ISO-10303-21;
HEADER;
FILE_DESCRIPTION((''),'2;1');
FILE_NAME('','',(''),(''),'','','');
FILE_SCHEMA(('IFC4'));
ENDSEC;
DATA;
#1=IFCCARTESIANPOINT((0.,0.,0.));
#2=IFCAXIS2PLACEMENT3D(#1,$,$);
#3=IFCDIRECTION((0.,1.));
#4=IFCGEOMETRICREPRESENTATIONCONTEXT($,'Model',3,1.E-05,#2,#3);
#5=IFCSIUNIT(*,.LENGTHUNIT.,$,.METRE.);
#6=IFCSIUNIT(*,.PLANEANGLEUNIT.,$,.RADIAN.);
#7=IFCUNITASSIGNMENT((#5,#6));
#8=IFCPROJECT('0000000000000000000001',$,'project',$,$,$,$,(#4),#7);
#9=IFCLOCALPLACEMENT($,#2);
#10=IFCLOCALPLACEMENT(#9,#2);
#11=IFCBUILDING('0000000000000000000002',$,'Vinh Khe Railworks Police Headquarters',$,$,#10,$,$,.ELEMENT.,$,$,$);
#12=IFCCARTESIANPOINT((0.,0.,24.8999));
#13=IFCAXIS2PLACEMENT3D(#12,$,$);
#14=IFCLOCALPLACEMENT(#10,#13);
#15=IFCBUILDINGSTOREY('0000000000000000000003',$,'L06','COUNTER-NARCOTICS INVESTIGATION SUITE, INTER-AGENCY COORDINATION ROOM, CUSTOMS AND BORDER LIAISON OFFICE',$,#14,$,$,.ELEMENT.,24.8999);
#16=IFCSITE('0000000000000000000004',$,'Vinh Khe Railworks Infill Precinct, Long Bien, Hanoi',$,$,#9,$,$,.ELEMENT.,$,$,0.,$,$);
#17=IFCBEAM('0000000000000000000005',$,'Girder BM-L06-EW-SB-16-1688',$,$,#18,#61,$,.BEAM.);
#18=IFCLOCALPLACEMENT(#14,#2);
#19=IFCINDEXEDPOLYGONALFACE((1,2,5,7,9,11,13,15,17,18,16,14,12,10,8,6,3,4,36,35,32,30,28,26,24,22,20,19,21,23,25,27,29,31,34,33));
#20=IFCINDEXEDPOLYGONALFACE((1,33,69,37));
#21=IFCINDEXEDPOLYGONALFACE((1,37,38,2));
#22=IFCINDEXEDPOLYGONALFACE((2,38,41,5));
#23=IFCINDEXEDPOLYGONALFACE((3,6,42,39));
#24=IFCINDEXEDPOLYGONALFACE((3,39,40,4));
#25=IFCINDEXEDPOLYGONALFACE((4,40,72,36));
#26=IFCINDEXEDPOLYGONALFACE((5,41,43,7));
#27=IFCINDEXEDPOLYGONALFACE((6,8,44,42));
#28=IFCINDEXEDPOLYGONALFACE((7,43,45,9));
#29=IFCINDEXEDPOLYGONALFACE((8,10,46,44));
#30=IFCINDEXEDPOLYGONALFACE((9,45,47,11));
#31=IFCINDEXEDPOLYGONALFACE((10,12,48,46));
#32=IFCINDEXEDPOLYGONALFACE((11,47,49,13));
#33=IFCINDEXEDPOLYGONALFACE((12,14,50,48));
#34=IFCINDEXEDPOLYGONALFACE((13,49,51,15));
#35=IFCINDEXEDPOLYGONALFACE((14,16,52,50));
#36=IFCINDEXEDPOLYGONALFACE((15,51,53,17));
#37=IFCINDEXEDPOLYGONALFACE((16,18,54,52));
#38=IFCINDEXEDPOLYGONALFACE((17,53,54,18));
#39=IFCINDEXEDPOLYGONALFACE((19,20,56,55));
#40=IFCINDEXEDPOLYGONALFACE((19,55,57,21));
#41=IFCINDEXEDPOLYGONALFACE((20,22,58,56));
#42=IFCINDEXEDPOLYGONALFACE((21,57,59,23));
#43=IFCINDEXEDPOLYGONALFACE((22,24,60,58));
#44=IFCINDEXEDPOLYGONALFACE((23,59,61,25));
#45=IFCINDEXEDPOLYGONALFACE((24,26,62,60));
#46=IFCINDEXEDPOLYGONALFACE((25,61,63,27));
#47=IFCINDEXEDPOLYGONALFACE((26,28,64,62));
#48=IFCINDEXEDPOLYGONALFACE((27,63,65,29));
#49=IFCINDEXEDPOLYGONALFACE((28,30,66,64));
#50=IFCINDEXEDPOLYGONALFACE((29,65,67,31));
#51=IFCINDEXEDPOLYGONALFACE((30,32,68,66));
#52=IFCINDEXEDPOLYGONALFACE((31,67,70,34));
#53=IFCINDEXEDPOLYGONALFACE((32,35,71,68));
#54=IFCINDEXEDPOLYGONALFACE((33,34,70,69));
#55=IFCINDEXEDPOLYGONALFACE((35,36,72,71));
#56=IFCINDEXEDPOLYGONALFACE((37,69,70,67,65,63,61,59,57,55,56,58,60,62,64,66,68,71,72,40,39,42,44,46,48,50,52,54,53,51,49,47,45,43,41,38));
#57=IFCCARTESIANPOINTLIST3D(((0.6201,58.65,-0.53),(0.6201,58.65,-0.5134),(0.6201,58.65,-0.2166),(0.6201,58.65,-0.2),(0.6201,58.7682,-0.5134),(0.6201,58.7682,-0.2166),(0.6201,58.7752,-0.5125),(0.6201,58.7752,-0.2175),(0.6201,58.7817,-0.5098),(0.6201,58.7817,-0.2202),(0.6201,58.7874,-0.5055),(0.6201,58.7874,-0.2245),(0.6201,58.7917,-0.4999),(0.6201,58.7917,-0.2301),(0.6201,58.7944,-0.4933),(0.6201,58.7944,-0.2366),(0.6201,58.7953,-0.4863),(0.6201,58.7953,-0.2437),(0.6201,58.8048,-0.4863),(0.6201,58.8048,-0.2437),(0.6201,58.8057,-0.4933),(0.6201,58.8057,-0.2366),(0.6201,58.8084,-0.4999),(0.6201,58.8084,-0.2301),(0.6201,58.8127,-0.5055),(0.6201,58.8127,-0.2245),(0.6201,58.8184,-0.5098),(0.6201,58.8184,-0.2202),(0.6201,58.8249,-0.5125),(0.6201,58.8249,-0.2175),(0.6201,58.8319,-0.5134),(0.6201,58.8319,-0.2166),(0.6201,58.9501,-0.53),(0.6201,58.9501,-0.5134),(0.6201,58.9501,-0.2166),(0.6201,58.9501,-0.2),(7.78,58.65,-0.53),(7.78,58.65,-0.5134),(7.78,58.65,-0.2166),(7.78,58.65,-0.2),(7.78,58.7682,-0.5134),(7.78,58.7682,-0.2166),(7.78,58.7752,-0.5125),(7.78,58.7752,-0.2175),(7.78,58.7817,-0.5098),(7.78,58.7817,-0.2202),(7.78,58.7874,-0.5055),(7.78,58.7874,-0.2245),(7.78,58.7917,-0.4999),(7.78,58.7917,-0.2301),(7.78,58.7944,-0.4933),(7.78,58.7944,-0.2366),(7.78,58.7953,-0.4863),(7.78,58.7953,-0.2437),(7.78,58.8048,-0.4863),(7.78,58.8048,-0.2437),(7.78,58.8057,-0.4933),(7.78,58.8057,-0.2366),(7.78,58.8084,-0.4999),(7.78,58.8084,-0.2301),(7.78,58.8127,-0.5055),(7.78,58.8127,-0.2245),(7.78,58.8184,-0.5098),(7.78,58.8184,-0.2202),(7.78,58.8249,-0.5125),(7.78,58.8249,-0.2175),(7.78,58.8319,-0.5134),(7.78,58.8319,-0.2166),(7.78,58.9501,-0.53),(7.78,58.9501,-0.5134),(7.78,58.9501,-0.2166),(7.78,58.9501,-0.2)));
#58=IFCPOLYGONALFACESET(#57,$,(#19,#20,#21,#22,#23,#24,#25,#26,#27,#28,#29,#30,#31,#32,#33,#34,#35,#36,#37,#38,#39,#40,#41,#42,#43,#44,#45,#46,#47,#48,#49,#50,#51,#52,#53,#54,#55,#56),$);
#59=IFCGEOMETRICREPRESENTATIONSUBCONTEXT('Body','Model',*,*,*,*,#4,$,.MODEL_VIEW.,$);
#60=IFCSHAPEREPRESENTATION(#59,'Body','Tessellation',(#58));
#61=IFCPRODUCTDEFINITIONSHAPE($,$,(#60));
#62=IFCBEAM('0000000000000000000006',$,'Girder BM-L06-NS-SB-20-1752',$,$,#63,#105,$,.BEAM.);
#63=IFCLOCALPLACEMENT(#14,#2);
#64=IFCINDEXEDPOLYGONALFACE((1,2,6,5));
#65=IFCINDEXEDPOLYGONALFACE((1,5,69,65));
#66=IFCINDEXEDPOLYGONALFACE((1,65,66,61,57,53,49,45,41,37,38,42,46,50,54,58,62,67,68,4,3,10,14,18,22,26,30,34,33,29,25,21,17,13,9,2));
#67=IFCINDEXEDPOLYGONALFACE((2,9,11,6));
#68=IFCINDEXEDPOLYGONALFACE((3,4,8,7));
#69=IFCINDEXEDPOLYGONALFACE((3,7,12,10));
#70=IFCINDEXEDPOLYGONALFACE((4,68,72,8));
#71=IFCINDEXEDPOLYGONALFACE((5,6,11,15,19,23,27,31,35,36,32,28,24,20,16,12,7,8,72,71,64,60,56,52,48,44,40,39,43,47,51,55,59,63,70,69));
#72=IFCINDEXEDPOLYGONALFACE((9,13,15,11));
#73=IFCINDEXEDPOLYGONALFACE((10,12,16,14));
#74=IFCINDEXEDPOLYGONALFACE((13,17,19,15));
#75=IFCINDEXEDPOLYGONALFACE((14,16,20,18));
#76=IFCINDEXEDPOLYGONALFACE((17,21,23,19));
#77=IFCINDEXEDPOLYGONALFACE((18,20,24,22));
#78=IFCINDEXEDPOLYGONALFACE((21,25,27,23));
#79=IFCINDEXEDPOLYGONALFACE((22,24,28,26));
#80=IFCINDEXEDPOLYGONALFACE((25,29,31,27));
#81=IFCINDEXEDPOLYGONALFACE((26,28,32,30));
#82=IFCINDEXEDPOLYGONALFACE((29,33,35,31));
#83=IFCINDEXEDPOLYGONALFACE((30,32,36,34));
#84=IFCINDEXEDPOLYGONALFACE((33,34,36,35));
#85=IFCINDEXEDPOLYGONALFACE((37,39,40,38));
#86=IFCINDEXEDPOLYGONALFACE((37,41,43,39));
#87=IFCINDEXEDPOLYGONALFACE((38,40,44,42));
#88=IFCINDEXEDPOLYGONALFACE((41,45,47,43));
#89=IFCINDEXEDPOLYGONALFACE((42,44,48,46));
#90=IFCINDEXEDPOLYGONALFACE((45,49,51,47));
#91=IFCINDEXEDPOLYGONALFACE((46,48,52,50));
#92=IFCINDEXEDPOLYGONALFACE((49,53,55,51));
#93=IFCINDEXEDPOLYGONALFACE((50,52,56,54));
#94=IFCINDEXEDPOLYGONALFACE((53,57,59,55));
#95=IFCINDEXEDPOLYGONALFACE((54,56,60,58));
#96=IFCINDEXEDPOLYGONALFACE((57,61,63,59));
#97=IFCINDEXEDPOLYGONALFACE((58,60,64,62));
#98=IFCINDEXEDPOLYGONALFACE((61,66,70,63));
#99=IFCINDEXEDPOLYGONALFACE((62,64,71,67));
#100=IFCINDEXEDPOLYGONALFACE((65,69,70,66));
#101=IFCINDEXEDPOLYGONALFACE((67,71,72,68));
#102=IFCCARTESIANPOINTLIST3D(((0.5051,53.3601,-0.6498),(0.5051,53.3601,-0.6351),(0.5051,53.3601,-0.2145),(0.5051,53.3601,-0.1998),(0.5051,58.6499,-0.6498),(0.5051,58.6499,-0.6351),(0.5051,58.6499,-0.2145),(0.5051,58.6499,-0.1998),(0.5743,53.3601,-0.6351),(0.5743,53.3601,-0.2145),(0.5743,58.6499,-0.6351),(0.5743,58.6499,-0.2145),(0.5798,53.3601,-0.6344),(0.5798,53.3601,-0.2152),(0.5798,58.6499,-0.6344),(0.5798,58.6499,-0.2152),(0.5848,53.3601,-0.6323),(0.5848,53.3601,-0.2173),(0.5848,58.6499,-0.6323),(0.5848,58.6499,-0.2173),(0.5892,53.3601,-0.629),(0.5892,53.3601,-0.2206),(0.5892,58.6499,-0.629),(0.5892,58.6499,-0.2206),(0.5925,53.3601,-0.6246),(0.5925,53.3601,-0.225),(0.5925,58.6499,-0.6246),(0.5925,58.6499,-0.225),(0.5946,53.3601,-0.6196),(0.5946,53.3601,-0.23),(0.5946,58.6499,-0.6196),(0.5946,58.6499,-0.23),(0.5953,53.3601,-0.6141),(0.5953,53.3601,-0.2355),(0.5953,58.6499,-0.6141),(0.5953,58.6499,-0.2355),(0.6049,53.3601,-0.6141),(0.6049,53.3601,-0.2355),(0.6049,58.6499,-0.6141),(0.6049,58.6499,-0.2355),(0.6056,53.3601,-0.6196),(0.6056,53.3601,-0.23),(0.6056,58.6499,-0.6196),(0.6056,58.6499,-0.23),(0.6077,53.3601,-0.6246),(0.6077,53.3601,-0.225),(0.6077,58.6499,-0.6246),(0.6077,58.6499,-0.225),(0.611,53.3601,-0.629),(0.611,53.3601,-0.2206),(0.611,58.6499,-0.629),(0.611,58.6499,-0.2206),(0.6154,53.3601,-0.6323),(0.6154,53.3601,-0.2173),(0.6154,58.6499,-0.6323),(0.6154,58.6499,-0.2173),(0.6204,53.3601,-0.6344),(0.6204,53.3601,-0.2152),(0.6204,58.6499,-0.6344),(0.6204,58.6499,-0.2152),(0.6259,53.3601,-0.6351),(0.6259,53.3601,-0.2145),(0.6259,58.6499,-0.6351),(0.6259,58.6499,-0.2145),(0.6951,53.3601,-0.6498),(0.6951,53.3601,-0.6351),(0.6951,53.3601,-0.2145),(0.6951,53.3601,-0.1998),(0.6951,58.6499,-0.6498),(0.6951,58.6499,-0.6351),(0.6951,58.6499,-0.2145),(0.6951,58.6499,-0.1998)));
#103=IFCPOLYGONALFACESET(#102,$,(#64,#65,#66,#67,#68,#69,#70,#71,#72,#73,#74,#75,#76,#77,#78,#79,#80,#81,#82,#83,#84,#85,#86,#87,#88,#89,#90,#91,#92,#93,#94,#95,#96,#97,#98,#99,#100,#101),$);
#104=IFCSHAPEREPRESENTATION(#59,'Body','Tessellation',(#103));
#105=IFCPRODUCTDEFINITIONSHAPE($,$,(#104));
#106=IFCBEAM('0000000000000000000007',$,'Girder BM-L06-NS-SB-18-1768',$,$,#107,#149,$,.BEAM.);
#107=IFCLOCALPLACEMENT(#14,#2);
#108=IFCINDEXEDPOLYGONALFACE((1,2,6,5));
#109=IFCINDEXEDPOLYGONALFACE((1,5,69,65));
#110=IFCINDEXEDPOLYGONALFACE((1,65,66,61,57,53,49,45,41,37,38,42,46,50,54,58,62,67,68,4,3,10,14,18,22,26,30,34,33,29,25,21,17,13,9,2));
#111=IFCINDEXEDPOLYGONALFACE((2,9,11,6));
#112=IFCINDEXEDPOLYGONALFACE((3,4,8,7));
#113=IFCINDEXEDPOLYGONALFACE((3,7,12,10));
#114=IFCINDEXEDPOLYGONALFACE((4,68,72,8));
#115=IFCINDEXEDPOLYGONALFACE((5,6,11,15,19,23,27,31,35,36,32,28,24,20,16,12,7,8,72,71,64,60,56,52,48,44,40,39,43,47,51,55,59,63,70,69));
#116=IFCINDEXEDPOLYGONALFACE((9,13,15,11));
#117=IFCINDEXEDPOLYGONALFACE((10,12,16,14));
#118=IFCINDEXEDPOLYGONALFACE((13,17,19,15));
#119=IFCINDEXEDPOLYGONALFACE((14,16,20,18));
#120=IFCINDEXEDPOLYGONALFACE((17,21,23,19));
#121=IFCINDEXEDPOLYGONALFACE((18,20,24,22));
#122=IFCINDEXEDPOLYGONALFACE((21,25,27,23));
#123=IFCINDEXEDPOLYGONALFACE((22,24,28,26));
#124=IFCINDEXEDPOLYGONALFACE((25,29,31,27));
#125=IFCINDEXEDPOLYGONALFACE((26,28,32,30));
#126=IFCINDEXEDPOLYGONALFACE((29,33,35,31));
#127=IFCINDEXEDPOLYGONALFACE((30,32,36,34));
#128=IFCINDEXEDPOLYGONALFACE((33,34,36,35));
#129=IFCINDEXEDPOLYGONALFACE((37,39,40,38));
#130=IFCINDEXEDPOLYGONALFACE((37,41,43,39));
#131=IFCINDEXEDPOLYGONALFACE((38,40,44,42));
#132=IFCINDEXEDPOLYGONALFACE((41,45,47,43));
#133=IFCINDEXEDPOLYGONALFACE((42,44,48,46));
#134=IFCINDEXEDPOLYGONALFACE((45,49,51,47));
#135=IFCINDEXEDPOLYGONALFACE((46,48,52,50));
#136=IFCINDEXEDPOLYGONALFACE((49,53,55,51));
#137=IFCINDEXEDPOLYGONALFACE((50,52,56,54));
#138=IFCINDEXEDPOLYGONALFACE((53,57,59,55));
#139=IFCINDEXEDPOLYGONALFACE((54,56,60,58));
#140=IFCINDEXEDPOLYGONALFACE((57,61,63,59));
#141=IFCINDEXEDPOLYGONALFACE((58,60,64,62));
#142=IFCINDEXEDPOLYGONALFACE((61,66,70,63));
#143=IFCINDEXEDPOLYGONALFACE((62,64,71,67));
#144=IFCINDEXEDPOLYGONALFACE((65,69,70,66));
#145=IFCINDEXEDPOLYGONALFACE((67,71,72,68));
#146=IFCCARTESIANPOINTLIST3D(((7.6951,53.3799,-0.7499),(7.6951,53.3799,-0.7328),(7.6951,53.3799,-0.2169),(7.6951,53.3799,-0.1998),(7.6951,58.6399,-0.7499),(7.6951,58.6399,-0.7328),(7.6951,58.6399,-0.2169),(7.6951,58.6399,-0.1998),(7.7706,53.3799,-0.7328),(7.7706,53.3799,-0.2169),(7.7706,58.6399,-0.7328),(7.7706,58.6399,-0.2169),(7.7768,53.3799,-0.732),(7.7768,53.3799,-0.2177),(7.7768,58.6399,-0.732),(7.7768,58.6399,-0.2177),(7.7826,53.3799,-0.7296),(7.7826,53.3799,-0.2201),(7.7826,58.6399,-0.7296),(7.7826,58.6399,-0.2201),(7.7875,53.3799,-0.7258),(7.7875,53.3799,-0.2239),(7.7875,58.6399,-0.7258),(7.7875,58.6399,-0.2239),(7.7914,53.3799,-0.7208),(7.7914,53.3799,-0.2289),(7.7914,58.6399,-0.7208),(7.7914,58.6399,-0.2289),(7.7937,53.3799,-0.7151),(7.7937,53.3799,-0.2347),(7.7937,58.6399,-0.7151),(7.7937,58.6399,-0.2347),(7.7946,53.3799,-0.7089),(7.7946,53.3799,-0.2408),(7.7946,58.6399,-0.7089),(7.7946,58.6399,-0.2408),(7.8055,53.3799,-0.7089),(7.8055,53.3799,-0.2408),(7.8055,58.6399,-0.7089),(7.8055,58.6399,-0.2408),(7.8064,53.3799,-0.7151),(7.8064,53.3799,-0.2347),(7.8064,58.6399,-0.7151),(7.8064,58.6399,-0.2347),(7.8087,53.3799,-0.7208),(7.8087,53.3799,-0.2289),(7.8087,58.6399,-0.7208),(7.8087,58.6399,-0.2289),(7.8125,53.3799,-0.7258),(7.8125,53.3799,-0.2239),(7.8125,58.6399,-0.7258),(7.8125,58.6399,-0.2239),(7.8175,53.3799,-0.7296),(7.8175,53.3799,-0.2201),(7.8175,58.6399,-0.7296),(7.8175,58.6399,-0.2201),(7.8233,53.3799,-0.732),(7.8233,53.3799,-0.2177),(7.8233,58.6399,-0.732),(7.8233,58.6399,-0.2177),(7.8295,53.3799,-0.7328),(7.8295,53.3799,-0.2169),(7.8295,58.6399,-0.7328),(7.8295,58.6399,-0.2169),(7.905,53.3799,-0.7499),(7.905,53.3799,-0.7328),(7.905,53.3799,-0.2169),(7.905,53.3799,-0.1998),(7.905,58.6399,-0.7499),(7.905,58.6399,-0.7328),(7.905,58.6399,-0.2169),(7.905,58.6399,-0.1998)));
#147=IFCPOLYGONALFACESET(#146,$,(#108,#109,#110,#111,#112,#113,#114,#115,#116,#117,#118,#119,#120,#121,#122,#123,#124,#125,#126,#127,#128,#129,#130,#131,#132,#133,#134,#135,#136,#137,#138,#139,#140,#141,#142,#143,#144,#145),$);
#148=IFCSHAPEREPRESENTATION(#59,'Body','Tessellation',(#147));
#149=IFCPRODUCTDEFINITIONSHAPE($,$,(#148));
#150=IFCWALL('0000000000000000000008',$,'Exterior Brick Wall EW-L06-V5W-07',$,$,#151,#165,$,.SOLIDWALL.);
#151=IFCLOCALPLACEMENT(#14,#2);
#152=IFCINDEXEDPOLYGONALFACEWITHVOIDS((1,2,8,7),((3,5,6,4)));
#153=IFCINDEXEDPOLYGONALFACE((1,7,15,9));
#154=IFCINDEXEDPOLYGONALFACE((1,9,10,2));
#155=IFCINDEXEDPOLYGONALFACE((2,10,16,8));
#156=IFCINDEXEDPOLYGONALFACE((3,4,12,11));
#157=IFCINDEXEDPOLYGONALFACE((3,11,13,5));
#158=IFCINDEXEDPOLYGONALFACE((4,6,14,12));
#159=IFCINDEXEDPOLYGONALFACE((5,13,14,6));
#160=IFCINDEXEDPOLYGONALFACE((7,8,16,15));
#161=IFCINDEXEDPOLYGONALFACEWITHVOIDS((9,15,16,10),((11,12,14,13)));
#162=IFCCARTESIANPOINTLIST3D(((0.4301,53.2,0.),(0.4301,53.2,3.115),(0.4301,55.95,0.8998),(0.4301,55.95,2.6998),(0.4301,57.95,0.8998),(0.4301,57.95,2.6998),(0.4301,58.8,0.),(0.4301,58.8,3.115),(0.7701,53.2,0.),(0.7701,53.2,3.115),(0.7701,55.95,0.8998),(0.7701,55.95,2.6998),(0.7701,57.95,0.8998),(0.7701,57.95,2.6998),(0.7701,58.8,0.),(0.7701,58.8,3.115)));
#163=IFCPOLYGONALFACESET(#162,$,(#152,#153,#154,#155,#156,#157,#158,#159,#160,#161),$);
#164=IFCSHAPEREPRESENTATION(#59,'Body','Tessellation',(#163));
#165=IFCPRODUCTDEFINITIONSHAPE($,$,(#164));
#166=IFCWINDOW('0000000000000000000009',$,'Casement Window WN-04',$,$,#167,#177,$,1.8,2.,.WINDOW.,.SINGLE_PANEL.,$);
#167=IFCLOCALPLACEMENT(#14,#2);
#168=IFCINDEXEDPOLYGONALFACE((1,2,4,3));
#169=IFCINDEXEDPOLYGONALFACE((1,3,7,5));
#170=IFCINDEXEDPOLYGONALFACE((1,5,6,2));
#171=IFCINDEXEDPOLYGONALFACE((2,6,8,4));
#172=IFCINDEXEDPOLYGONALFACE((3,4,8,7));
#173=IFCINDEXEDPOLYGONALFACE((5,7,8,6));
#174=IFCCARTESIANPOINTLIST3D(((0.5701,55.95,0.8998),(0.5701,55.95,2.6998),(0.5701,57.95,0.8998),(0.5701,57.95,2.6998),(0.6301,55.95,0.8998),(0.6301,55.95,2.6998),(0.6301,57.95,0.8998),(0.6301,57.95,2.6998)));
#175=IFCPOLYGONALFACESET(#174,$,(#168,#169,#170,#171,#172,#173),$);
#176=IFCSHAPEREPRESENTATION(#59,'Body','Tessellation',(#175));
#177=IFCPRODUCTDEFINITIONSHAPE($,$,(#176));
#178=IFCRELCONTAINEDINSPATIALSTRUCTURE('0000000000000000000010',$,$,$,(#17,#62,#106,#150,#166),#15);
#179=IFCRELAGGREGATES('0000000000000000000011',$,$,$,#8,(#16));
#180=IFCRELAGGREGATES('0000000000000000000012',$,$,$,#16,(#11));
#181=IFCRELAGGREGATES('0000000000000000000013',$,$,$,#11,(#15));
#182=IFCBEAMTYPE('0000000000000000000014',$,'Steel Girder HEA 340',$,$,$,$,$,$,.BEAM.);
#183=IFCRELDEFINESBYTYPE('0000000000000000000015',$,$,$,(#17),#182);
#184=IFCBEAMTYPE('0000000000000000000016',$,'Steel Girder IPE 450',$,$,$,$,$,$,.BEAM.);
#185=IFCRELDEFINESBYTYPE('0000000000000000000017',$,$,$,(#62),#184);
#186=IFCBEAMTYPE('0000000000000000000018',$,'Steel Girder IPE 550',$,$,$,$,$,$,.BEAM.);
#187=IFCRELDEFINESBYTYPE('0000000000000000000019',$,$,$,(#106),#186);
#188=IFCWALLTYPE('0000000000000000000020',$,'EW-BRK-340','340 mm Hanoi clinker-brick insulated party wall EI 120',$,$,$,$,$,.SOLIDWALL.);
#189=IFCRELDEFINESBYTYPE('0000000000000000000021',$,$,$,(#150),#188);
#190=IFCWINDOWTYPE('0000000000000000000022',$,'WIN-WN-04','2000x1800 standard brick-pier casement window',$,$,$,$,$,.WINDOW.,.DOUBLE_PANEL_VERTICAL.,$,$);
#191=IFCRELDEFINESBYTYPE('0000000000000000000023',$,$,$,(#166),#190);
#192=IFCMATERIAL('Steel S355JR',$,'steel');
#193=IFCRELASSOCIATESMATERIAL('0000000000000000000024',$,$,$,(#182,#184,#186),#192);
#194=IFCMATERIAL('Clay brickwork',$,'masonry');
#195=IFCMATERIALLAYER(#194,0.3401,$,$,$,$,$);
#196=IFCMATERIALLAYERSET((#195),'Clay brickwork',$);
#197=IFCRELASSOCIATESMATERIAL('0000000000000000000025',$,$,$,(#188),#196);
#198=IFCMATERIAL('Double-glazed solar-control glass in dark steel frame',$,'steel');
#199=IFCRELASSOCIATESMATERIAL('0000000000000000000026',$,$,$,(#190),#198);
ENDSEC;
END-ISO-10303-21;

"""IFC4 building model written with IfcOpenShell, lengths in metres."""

from ifc_helpers import new_model, si_unit, direction, frame, frame_2d, origin, origin_2d, place, context, subcontext, project, spatial, rectangle, i_section, extrude, material, layer, layer_set, material_profile, profile_set, type_object, element, fill, save


model = new_model("IFC4")

# Units and contexts
model_context = context("Model", 3, precision=1e-05, world=origin(), true_north=direction((0.0, 1.0)))
body_context = subcontext(model_context, "Body", "Model", "MODEL_VIEW")
ifc_project = project(units=[si_unit("LENGTHUNIT", "METRE"), si_unit("PLANEANGLEUNIT", "RADIAN")], contexts=[model_context])

# Site, building, storey
site_placement = place(None, origin())
site = spatial("IfcSite", under=ifc_project, at=site_placement, Name="Vinh Khe Railworks Infill Precinct, Long Bien, Hanoi", CompositionType="ELEMENT", RefElevation=0.0)
building_placement = place(site_placement, origin())
building = spatial("IfcBuilding", under=site, at=building_placement, Name="Vinh Khe Railworks Police Headquarters", CompositionType="ELEMENT")
storey_placement = place(building_placement, frame((0.0, 0.0, 24.8999)))
storey = spatial("IfcBuildingStorey", under=building, at=storey_placement, Name="L06", Description="COUNTER-NARCOTICS INVESTIGATION SUITE, INTER-AGENCY COORDINATION ROOM, CUSTOMS AND BORDER LIAISON OFFICE", CompositionType="ELEMENT", Elevation=24.8999)

# Shared definitions
ifc_material_1 = material(Name="Steel S355JR", Category="steel")

# Beams
ifc_material_profile_1 = material_profile(ifc_material_1, i_section(OverallWidth=0.3, OverallDepth=0.3301, WebThickness=0.0095, FlangeThickness=0.0166, FilletRadius=0.0271, at=origin_2d()), Name="HEA 340")
ifc_profile_set_1 = profile_set([ifc_material_profile_1], Name="Steel S355JR")
beam_type_1 = type_object("IfcBeamType", Name="Steel Girder HEA 340", PredefinedType="BEAM", material=ifc_profile_set_1)
beam_1_placement = place(storey_placement, frame((0.6201, 58.8, -0.365), z_axis=(1.0, 0.0, 0.0), x_axis=(0.0, 1.0, 0.0)))
element("IfcBeam", 1, at=beam_1_placement, inside=storey, type_object=beam_type_1, Name="Girder BM-L06-EW-SB-16-1688", PredefinedType="BEAM", context=body_context, shape_type="SweptSolid", body=[
    extrude(i_section(OverallWidth=0.3, OverallDepth=0.3301, WebThickness=0.0095, FlangeThickness=0.0166, FilletRadius=0.0271, at=origin_2d()), origin(), (0.0, 0.0, 1.0), 7.1599),
])
ifc_material_profile_2 = material_profile(ifc_material_1, i_section(OverallWidth=0.1899, OverallDepth=0.45, WebThickness=0.0095, FlangeThickness=0.0146, FilletRadius=0.021, at=origin_2d()), Name="IPE 450")
ifc_profile_set_2 = profile_set([ifc_material_profile_2], Name="Steel S355JR")
beam_type_2 = type_object("IfcBeamType", Name="Steel Girder IPE 450", PredefinedType="BEAM", material=ifc_profile_set_2)
beam_2_placement = place(storey_placement, frame((0.6001, 53.3601, -0.4248), z_axis=(0.0, 1.0, 0.0), x_axis=(-1.0, 0.0, 0.0)))
element("IfcBeam", 2, at=beam_2_placement, inside=storey, type_object=beam_type_2, Name="Girder BM-L06-NS-SB-20-1752", PredefinedType="BEAM", context=body_context, shape_type="SweptSolid", body=[
    extrude(i_section(OverallWidth=0.1899, OverallDepth=0.45, WebThickness=0.0095, FlangeThickness=0.0146, FilletRadius=0.021, at=origin_2d()), origin(), (0.0, 0.0, 1.0), 5.2898),
])
ifc_material_profile_3 = material_profile(ifc_material_1, i_section(OverallWidth=0.21, OverallDepth=0.55, WebThickness=0.011, FlangeThickness=0.0171, FilletRadius=0.0239, at=origin_2d()), Name="IPE 550")
ifc_profile_set_3 = profile_set([ifc_material_profile_3], Name="Steel S355JR")
beam_type_3 = type_object("IfcBeamType", Name="Steel Girder IPE 550", PredefinedType="BEAM", material=ifc_profile_set_3)
beam_3_placement = place(storey_placement, frame((7.8, 53.3799, -0.4749), z_axis=(0.0, 1.0, 0.0), x_axis=(-1.0, 0.0, 0.0)))
element("IfcBeam", 3, at=beam_3_placement, inside=storey, type_object=beam_type_3, Name="Girder BM-L06-NS-SB-18-1768", PredefinedType="BEAM", context=body_context, shape_type="SweptSolid", body=[
    extrude(i_section(OverallWidth=0.21, OverallDepth=0.55, WebThickness=0.011, FlangeThickness=0.0171, FilletRadius=0.0239, at=origin_2d()), origin(), (0.0, 0.0, 1.0), 5.26),
])

# Wall, opening, window
ifc_material_2 = material(Name="Clay brickwork", Category="masonry")
ifc_layer_1 = layer(ifc_material_2, 0.3401)
ifc_layer_set_1 = layer_set([ifc_layer_1], Name="Clay brickwork")
wall_type_1 = type_object("IfcWallType", Name="EW-BRK-340", Description="340 mm Hanoi clinker-brick insulated party wall EI 120", PredefinedType="SOLIDWALL", material=ifc_layer_set_1)
wall_1_placement = place(storey_placement, frame((0.6001, 53.2, 0.0), z_axis=(0.0, 0.0, 1.0), x_axis=(0.0, 1.0, 0.0)))
wall_1 = element("IfcWall", 4, at=wall_1_placement, inside=storey, type_object=wall_type_1, Name="Exterior Brick Wall EW-L06-V5W-07", PredefinedType="SOLIDWALL", context=body_context, shape_type="SweptSolid", body=[
    extrude(rectangle(XDim=5.6001, YDim=0.3401, at=frame_2d((2.8, 0.0))), origin(), (0.0, 0.0, 1.0), 3.115),
])
opening_1_placement = place(wall_1_placement, frame((2.75, 0.0, 0.8999)))
opening_1 = element("IfcOpeningElement", 5, at=opening_1_placement, cuts=wall_1, PredefinedType="OPENING", context=body_context, shape_type="SweptSolid", body=[
    extrude(rectangle(XDim=2.0, YDim=1.8, at=frame_2d((1.0, 0.8999))), frame((0.0, 0.1851, 0.0), z_axis=(0.0, -1.0, 0.0), x_axis=(1.0, 0.0, 0.0)), (0.0, 0.0, 1.0), 0.3699),
])
ifc_material_3 = material(Name="Double-glazed solar-control glass in dark steel frame", Category="steel")
window_type_1 = type_object("IfcWindowType", Name="WIN-WN-04", Description="2000x1800 standard brick-pier casement window", PartitioningType="DOUBLE_PANEL_VERTICAL", PredefinedType="WINDOW", material=ifc_material_3)
window_1_placement = place(opening_1_placement, origin())
window_1 = element("IfcWindow", 6, at=window_1_placement, inside=storey, type_object=window_type_1, Name="Casement Window WN-04", OverallHeight=1.8, OverallWidth=2.0, PartitioningType="SINGLE_PANEL", PredefinedType="WINDOW", context=body_context, shape_type="SweptSolid", body=[
    extrude(rectangle(XDim=2.0, YDim=1.8, at=frame_2d((1.0, 0.8999))), frame((0.0, 0.03, 0.0), z_axis=(0.0, -1.0, 0.0), x_axis=(1.0, 0.0, 0.0)), (0.0, 0.0, 1.0), 0.0601),
])
fill(opening_1, window_1)

save(model, "model.ifc")
